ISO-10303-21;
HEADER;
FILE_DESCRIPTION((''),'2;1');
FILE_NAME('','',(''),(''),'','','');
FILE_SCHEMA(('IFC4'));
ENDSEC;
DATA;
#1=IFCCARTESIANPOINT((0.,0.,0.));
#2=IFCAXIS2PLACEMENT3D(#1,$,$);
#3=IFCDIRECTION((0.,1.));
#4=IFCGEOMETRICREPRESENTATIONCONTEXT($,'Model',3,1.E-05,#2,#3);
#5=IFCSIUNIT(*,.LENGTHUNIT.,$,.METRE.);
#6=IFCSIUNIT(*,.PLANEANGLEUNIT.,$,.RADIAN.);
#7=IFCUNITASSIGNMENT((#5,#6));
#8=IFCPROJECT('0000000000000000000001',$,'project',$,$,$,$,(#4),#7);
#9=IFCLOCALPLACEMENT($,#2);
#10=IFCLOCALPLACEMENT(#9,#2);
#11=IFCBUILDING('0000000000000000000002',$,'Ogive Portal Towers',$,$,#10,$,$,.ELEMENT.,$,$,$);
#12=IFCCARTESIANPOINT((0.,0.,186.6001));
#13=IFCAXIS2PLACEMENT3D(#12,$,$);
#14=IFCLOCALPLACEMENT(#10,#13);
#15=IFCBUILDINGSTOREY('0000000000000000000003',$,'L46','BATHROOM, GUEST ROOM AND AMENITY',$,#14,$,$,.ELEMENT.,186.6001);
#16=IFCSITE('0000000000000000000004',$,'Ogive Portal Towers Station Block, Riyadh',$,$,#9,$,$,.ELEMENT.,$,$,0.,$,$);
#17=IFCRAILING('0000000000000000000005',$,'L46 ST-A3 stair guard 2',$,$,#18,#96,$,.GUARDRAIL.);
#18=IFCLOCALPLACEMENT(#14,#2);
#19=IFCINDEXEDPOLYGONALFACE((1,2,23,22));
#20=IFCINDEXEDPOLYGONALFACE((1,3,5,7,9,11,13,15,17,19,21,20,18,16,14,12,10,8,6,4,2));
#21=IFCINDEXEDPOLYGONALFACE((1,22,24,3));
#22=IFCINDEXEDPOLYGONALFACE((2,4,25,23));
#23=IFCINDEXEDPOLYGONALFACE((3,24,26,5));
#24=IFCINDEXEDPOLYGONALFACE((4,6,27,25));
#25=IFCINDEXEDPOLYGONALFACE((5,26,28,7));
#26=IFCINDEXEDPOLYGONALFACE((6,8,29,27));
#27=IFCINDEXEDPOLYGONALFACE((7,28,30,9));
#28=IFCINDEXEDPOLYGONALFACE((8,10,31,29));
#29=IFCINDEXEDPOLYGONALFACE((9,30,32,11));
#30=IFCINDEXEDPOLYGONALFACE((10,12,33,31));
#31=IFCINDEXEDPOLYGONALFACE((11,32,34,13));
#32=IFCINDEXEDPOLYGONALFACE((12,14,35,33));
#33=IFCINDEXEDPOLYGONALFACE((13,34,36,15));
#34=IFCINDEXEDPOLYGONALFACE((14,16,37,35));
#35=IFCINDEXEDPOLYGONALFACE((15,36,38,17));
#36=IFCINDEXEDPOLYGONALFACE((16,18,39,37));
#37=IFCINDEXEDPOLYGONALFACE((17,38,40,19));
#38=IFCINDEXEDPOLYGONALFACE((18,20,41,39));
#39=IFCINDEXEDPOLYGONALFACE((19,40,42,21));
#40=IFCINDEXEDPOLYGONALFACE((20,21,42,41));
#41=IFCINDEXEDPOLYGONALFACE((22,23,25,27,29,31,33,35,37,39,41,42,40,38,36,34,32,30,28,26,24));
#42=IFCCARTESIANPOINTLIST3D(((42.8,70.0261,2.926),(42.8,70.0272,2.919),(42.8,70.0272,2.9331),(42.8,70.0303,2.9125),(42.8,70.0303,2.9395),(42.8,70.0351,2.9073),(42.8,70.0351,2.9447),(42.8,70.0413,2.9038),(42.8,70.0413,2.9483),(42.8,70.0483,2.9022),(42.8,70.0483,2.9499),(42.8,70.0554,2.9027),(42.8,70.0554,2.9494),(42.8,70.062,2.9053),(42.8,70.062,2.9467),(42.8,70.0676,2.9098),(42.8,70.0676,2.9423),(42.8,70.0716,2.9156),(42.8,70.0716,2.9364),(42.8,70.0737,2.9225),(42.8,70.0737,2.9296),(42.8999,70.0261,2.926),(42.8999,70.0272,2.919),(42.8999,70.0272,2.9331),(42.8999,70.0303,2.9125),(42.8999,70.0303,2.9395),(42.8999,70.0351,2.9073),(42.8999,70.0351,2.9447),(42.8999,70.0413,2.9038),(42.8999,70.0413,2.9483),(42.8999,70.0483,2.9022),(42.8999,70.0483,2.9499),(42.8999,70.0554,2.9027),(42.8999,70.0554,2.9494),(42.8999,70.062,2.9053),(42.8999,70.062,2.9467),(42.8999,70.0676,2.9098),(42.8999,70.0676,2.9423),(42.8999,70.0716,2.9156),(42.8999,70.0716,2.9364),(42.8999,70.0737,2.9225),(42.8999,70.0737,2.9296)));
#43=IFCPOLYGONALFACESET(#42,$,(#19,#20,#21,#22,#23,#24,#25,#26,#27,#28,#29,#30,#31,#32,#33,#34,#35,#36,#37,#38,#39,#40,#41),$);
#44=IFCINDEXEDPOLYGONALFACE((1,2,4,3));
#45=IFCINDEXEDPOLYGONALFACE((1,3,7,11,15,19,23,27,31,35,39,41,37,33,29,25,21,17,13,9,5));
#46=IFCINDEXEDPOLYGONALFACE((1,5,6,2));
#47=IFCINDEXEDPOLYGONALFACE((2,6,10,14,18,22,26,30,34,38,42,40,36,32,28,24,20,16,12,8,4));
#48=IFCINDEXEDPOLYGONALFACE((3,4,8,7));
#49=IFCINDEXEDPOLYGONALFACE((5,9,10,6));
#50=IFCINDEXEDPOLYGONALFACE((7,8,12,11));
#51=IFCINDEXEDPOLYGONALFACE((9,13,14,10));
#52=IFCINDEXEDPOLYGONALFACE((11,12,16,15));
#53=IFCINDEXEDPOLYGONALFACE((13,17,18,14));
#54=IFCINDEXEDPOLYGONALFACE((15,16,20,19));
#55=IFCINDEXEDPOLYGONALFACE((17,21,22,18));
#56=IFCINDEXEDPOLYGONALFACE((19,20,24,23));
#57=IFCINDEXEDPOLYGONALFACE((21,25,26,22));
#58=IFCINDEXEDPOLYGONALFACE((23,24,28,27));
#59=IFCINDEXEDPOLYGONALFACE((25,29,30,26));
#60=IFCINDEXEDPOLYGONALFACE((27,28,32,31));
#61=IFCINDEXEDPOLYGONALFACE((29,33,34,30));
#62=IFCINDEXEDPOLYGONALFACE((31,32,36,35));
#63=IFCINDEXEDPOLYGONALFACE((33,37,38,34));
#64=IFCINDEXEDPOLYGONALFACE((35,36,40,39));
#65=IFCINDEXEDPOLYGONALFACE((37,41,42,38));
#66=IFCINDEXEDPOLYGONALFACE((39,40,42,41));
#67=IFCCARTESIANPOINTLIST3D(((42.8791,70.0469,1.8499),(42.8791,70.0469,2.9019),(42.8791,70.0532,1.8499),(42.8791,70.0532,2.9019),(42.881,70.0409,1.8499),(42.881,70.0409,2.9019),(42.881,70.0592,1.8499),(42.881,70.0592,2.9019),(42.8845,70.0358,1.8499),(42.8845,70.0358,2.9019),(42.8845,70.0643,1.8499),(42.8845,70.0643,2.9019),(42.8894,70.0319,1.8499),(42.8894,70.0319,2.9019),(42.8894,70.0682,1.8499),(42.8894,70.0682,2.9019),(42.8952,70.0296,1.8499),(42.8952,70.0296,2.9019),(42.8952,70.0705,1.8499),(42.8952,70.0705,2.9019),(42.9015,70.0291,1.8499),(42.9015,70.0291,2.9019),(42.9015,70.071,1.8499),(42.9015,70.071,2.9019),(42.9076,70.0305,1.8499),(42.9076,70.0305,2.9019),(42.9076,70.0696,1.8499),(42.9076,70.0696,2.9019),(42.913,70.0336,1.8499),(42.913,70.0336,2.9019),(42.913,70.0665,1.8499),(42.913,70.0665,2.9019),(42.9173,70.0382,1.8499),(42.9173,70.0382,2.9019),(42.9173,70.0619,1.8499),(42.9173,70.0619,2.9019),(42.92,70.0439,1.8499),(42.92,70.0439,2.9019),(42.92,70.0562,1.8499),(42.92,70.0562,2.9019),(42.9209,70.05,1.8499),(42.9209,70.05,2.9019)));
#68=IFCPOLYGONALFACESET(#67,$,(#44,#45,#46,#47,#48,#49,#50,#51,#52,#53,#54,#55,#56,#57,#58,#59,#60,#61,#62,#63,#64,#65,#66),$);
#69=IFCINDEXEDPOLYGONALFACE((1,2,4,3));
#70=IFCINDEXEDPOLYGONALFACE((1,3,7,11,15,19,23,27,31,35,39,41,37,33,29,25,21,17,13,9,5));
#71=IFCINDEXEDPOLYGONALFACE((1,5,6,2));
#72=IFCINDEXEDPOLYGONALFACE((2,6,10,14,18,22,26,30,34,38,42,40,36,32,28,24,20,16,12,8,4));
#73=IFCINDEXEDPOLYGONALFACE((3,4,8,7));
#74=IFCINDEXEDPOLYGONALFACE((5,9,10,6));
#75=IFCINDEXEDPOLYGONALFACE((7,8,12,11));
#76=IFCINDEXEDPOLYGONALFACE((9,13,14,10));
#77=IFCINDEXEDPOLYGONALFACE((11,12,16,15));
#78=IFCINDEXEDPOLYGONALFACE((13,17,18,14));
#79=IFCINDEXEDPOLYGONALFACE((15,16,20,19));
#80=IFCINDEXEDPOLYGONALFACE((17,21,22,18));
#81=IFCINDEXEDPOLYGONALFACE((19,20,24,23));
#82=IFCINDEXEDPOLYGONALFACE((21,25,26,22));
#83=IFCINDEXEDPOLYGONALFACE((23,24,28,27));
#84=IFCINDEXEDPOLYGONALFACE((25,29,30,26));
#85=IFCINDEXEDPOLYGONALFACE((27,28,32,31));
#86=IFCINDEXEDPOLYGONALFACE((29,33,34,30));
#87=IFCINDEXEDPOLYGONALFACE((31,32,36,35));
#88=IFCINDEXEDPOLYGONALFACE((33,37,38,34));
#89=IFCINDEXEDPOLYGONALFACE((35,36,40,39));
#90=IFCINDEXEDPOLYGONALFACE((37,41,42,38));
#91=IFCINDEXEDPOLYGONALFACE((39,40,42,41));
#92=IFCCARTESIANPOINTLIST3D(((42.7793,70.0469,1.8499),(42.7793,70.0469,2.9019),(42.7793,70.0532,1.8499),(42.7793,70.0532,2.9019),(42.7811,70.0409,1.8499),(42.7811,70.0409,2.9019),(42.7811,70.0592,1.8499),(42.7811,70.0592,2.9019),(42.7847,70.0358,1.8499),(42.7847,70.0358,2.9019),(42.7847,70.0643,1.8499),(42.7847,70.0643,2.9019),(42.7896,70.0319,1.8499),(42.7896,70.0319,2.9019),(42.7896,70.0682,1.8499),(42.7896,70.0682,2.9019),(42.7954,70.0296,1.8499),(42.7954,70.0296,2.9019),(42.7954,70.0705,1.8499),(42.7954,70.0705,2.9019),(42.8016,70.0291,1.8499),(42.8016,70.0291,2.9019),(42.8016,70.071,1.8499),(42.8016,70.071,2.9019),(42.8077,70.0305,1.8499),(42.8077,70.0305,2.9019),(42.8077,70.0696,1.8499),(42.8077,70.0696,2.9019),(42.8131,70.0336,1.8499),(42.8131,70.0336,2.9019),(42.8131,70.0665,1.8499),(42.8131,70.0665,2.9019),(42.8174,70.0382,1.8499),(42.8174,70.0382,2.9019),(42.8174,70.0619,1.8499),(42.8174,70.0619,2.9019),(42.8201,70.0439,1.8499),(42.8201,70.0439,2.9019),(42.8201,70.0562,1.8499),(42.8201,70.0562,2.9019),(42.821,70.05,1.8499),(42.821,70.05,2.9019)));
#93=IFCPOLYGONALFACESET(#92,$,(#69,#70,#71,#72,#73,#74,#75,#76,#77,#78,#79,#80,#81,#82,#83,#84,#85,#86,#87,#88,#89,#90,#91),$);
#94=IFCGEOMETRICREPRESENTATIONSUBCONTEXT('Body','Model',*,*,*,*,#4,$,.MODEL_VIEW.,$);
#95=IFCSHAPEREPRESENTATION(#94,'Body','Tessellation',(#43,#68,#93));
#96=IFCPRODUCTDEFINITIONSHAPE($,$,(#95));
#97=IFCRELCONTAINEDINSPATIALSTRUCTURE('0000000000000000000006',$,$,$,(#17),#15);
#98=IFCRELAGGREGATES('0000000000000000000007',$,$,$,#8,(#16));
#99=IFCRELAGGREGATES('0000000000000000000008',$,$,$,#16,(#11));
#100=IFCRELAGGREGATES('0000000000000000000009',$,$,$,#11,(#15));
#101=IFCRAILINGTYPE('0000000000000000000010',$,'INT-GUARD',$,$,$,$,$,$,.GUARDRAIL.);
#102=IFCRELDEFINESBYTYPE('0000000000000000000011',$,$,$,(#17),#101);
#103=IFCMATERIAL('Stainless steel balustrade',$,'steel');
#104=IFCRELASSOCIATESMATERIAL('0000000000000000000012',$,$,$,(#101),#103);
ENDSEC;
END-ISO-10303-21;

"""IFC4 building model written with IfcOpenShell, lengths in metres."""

from ifc_helpers import new_model, si_unit, direction, frame, origin, origin_2d, place, context, subcontext, project, spatial, circle, extrude, material, type_object, element, save


model = new_model("IFC4")

# Units and contexts
model_context = context("Model", 3, precision=1e-05, world=origin(), true_north=direction((0.0, 1.0)))
body_context = subcontext(model_context, "Body", "Model", "MODEL_VIEW")
ifc_project = project(units=[si_unit("LENGTHUNIT", "METRE"), si_unit("PLANEANGLEUNIT", "RADIAN")], contexts=[model_context])

# Site, building, storey
site_placement = place(None, origin())
site = spatial("IfcSite", under=ifc_project, at=site_placement, Name="Ogive Portal Towers Station Block, Riyadh", CompositionType="ELEMENT", RefElevation=0.0)
building_placement = place(site_placement, origin())
building = spatial("IfcBuilding", under=site, at=building_placement, Name="Ogive Portal Towers", CompositionType="ELEMENT")
storey_placement = place(building_placement, frame((0.0, 0.0, 186.6001)))
storey = spatial("IfcBuildingStorey", under=building, at=storey_placement, Name="L46", Description="BATHROOM, GUEST ROOM AND AMENITY", CompositionType="ELEMENT", Elevation=186.6001)

# Railing
ifc_material_1 = material(Name="Stainless steel balustrade", Category="steel")
railing_type_1 = type_object("IfcRailingType", Name="INT-GUARD", PredefinedType="GUARDRAIL", material=ifc_material_1)
railing_1_placement = place(storey_placement, frame((42.8999, 70.05, 1.8499)))
element("IfcRailing", 1, at=railing_1_placement, inside=storey, type_object=railing_type_1, Name="L46 ST-A3 stair guard 2", PredefinedType="GUARDRAIL", context=body_context, shape_type="SweptSolid", body=[
    extrude(circle(Radius=0.0239, at=origin_2d()), frame((0.0, 0.0, 1.0762), z_axis=(-1.0, 0.0, 0.0), x_axis=(0.0, -1.0, 0.0)), (0.0, 0.0, 1.0), 0.0999),
    extrude(circle(Radius=0.021, at=origin_2d()), origin(), (0.0, 0.0, 1.0), 1.052),
    extrude(circle(Radius=0.021, at=origin_2d()), frame((-0.0999, 0.0, 0.0)), (0.0, 0.0, 1.0), 1.052),
])

save(model, "model.ifc")
